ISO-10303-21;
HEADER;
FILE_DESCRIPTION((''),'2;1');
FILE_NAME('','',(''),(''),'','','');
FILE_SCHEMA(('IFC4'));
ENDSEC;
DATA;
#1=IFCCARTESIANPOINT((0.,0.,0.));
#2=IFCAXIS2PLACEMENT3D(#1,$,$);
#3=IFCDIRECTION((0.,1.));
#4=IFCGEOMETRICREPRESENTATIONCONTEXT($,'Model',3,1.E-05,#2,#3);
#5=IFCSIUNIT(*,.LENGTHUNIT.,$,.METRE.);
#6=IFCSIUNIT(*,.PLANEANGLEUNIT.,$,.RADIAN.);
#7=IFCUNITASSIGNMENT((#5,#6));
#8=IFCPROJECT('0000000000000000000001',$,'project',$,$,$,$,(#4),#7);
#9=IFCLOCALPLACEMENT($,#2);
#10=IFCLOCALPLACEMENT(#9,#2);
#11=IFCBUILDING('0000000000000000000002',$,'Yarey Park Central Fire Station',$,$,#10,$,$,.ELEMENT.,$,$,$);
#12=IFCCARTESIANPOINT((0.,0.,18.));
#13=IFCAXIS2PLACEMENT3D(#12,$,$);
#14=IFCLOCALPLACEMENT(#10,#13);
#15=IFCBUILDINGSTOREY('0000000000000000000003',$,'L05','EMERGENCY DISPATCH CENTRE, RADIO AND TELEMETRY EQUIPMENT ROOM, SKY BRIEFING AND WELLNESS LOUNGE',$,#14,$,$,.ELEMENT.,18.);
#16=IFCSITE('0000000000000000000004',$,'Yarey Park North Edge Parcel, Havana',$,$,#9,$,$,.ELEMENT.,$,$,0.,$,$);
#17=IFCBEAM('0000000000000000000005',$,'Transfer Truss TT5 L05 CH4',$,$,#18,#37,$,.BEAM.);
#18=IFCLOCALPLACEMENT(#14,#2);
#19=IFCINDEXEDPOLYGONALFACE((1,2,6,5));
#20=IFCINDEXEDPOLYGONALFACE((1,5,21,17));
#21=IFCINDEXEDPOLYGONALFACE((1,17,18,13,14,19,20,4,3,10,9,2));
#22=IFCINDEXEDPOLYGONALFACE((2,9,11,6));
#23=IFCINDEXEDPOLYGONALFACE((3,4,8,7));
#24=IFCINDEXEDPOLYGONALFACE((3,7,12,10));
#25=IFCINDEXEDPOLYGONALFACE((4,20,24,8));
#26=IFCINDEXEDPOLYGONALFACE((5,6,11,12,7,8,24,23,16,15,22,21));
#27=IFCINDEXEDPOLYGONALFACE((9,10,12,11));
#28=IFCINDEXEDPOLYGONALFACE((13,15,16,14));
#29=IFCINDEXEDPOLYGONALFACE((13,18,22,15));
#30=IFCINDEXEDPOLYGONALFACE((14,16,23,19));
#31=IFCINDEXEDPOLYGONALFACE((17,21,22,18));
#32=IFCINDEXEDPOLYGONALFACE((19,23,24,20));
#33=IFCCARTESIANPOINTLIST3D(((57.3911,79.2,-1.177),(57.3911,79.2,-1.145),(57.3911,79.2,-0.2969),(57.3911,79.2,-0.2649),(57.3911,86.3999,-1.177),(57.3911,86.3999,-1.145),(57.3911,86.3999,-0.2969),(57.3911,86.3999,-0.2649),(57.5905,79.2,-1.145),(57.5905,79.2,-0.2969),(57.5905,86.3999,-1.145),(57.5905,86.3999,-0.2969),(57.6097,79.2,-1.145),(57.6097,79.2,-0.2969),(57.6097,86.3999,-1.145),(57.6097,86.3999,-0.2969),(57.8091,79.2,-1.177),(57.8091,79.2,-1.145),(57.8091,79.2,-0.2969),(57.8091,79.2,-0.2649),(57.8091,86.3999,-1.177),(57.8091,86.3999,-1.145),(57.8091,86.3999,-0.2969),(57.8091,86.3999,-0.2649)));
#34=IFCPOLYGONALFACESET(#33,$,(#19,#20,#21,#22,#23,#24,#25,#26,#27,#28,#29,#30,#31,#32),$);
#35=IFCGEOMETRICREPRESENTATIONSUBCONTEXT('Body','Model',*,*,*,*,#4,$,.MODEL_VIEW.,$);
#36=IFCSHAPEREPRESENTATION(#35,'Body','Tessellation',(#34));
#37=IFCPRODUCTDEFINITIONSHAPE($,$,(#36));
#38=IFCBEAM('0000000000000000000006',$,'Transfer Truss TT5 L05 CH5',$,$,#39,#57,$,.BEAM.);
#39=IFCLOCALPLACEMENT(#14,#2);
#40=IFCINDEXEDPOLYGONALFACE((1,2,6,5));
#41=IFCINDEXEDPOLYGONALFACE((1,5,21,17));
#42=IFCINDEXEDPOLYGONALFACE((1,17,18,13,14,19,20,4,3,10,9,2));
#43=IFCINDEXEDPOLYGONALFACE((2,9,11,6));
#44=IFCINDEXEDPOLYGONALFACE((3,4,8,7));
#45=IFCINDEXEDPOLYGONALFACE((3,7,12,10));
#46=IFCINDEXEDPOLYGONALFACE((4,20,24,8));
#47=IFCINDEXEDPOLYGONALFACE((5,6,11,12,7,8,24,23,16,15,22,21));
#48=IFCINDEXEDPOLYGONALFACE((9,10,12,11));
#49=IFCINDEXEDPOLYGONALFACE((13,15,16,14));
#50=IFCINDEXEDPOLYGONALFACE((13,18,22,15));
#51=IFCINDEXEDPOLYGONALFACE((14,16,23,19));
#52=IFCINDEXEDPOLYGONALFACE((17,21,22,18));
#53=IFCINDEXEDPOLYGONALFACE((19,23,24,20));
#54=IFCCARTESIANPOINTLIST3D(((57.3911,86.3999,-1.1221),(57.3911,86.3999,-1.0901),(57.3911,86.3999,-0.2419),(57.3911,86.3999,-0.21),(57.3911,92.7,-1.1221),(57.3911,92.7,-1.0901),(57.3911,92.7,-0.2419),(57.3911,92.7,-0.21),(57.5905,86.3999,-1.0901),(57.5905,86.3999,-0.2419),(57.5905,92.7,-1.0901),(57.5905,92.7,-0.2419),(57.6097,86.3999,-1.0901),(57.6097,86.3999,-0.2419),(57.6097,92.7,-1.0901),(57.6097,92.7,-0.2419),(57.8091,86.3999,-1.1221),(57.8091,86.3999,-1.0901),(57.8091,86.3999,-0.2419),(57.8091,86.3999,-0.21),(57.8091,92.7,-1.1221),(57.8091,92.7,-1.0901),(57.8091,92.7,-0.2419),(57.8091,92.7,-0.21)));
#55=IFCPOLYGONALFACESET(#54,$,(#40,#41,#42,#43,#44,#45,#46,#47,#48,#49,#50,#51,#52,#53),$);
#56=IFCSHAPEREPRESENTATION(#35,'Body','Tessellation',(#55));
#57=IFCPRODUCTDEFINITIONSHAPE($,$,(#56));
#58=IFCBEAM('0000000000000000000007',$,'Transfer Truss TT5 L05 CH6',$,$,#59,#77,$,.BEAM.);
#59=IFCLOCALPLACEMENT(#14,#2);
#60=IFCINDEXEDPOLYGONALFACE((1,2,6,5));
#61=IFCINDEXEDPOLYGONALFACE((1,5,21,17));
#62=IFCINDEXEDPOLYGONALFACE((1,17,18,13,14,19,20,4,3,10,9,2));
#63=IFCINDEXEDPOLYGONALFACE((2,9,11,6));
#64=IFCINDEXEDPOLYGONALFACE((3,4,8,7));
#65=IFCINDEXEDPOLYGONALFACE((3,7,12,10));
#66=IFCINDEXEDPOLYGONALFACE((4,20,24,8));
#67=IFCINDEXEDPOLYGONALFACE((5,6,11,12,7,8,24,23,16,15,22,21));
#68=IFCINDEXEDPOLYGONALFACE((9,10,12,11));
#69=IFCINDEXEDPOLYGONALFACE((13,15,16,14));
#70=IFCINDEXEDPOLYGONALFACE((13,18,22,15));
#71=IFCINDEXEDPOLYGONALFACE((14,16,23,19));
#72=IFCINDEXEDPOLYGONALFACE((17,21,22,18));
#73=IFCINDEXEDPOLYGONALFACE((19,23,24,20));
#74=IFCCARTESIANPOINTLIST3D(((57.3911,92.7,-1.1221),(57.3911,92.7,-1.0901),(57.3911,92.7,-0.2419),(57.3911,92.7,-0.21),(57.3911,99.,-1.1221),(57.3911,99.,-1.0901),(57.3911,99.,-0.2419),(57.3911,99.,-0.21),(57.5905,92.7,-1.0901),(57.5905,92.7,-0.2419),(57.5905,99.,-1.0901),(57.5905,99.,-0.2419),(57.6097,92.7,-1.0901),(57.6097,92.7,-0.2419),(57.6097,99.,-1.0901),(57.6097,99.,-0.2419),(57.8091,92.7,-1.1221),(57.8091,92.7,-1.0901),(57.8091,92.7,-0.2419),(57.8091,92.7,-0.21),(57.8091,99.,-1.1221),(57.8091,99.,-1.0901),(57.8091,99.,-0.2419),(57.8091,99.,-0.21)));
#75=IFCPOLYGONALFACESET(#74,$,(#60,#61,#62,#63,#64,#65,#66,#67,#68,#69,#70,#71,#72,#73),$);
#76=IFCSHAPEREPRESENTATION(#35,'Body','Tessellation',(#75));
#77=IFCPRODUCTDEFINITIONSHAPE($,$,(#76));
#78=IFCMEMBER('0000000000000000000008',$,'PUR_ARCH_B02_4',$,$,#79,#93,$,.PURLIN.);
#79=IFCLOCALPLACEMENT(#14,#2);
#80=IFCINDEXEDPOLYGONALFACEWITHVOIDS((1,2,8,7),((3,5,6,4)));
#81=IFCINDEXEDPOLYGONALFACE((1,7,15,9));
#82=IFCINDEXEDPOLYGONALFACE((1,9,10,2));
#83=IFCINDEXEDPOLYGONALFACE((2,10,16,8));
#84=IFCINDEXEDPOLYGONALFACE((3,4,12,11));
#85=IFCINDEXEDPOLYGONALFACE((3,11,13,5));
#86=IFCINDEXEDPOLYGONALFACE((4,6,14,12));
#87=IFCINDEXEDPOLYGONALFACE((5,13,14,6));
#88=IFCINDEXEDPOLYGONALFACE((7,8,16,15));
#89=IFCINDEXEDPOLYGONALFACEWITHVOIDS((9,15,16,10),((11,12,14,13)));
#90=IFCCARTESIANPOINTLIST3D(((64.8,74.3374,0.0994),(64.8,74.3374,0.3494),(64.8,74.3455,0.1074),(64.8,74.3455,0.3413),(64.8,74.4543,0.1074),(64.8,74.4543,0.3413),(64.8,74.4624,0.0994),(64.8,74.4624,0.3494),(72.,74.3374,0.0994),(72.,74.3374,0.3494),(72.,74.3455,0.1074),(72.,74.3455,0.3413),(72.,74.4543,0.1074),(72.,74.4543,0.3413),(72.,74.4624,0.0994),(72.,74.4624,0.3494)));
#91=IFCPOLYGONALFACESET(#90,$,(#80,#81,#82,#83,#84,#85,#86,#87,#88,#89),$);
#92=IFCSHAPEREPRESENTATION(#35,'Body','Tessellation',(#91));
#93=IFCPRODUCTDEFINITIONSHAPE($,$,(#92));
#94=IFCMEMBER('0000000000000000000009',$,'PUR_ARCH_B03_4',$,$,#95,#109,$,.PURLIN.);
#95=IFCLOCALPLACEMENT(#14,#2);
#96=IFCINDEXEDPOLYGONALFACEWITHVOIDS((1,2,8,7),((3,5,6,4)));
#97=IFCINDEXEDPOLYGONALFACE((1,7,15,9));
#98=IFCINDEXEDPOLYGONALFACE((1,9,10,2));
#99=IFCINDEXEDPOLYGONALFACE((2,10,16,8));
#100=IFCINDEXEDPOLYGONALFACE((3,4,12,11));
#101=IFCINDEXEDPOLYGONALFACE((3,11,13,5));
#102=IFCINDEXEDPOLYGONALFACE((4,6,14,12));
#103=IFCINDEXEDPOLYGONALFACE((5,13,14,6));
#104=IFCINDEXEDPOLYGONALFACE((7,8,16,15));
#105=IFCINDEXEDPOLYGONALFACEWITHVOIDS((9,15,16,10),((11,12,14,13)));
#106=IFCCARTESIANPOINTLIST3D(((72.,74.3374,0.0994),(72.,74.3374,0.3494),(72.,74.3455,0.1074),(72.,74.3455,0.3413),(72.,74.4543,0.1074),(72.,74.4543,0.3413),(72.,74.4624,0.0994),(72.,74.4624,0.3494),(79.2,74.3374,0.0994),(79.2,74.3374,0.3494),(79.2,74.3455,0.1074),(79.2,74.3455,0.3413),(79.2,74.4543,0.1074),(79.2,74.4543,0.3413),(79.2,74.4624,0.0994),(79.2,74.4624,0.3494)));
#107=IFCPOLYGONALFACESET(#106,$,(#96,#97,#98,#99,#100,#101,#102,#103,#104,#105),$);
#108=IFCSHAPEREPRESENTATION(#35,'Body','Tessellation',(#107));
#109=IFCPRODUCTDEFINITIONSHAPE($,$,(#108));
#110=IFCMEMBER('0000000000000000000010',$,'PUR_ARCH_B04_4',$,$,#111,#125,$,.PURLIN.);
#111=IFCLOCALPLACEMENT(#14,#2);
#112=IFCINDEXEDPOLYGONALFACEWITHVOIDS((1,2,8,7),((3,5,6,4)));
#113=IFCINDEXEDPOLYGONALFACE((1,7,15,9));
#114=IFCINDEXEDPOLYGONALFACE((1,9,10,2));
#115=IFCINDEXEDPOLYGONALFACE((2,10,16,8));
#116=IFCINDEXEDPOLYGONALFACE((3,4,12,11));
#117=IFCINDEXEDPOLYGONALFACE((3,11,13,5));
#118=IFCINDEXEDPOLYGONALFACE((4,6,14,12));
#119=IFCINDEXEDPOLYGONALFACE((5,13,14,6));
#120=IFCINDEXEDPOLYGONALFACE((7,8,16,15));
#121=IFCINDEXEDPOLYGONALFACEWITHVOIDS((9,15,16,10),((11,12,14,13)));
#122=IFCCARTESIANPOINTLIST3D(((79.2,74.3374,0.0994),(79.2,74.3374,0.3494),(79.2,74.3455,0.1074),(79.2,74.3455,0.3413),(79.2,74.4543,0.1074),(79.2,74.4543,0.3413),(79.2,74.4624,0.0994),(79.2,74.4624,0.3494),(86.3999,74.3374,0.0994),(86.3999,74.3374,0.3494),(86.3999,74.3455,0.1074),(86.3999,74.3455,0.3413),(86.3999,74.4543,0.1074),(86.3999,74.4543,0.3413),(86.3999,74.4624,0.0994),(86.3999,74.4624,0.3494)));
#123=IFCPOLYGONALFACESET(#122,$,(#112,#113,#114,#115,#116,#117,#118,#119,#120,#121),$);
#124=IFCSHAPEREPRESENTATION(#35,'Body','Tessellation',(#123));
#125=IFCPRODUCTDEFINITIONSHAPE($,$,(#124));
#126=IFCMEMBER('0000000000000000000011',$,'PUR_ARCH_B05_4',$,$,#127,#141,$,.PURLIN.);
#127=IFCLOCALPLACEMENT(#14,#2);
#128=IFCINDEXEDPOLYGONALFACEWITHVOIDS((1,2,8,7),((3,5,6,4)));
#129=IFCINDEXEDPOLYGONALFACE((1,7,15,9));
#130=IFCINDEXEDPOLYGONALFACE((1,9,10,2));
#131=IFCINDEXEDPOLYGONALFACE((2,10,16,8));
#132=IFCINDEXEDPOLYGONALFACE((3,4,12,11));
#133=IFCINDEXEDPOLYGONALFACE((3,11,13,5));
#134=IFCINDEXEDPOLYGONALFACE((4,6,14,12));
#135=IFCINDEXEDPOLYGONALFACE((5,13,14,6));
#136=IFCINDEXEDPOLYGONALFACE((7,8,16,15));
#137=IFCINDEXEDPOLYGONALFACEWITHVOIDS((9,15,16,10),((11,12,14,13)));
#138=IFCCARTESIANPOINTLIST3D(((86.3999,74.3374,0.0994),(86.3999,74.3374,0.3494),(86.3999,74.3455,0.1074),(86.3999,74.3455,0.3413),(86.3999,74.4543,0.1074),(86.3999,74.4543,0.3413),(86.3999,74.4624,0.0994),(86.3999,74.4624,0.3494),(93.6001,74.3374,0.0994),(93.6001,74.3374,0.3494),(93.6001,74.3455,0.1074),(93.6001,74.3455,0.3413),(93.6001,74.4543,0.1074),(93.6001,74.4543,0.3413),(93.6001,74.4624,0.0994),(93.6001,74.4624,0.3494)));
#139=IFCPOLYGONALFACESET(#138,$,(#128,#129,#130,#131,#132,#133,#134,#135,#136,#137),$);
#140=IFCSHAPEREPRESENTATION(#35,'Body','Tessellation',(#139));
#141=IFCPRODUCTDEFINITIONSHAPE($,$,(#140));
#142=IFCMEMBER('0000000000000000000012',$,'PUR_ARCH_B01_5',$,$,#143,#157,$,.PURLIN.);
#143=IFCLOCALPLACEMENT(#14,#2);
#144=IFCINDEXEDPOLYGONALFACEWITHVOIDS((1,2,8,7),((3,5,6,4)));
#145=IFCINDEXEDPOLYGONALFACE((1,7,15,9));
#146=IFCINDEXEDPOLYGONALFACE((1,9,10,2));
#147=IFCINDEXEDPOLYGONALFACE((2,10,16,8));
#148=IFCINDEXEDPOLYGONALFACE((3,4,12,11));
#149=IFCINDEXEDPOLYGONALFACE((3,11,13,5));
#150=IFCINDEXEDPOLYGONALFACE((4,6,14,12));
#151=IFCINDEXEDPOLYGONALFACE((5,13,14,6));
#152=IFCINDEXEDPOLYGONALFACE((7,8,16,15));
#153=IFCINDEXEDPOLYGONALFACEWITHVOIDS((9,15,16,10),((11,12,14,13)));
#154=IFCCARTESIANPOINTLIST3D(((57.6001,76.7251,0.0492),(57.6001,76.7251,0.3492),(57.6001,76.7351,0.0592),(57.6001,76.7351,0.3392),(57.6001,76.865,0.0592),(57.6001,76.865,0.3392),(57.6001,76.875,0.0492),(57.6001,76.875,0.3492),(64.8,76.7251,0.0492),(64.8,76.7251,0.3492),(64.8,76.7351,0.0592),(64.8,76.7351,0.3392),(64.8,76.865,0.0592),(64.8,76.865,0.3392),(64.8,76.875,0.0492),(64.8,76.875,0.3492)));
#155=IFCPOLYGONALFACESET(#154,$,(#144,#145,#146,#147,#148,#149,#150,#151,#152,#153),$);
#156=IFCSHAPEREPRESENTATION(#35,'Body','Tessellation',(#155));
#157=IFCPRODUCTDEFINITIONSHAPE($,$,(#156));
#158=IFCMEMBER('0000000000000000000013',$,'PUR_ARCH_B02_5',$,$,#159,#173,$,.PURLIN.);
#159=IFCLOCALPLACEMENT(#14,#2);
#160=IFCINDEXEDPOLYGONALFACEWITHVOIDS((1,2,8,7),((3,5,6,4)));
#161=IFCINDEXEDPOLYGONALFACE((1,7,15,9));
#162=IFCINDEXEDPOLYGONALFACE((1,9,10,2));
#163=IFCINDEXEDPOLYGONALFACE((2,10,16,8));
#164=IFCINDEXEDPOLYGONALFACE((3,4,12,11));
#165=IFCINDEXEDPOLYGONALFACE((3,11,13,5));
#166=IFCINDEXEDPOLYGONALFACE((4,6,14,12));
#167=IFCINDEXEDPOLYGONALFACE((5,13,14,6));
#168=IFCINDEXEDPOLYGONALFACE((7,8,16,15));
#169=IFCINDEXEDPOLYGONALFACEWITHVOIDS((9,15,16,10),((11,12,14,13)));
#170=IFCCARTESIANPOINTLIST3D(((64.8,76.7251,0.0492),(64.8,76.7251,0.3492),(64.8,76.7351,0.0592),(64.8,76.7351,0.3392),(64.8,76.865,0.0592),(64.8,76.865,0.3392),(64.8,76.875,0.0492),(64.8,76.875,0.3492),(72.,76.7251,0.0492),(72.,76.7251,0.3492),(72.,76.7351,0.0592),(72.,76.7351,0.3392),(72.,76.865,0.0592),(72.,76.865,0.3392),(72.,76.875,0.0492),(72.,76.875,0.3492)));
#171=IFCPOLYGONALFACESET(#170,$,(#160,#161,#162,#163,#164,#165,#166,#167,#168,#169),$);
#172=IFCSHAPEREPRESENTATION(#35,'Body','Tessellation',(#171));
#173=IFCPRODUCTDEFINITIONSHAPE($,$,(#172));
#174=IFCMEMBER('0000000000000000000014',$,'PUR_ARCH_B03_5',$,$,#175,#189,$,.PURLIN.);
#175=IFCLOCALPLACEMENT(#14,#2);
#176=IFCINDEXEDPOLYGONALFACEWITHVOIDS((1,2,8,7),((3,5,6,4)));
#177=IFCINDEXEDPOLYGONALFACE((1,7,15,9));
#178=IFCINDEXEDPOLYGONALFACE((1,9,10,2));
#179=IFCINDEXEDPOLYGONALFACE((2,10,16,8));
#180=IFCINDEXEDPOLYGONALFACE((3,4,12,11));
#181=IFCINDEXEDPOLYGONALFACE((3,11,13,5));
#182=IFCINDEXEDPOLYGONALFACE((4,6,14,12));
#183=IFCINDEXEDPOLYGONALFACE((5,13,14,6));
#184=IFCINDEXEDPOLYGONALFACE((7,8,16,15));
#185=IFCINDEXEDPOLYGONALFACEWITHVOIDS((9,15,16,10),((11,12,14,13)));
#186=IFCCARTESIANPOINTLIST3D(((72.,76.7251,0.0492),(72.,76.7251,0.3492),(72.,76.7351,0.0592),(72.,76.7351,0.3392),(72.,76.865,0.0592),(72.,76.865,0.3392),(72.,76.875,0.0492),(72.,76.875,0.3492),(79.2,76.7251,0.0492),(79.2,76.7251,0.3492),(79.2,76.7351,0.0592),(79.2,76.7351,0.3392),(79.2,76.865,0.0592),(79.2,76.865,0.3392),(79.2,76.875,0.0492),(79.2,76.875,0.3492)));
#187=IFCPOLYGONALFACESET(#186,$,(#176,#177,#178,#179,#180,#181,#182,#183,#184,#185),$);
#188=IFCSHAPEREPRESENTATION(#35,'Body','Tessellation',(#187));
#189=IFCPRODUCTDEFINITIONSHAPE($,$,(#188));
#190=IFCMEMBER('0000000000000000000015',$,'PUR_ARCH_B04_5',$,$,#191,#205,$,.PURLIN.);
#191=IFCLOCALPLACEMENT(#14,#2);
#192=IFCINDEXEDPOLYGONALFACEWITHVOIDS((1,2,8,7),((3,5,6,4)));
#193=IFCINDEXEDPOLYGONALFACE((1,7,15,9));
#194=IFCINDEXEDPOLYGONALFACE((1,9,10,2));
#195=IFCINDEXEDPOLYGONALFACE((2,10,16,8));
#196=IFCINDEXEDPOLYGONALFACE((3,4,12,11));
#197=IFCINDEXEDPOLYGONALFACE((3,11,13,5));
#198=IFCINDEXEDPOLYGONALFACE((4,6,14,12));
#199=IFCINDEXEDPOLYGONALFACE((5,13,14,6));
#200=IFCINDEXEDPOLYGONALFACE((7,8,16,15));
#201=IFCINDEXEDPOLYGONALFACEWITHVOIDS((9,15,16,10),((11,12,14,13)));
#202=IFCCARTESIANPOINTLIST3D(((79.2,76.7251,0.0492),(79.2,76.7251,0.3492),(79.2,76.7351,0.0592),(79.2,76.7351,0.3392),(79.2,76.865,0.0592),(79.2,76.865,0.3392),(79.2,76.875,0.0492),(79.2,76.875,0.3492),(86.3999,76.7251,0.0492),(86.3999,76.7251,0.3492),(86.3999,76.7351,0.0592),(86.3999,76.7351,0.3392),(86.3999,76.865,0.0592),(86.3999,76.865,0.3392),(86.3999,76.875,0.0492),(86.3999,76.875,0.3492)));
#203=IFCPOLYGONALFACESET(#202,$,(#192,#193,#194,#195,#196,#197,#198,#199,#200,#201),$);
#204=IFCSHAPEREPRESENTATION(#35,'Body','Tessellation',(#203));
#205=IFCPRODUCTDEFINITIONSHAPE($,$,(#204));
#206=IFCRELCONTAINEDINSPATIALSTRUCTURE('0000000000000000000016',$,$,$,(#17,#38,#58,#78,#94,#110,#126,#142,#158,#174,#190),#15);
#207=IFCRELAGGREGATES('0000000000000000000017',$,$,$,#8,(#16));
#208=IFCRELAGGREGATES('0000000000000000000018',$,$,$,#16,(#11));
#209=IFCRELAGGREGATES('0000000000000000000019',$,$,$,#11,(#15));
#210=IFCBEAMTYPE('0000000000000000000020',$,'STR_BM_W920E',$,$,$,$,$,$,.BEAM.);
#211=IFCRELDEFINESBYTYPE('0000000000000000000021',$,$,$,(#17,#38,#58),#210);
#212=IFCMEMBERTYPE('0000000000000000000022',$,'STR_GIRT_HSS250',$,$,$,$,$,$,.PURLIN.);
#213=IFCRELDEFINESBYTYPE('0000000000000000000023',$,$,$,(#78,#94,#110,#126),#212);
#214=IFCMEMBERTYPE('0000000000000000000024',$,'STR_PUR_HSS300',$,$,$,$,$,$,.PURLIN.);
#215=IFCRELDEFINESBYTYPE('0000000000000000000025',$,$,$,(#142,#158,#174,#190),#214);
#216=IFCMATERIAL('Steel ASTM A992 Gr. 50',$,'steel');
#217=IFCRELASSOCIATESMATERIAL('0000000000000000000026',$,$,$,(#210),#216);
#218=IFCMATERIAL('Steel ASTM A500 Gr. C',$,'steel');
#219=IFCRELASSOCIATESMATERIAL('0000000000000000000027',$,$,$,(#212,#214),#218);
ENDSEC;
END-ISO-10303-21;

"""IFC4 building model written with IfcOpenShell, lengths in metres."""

from ifc_helpers import new_model, si_unit, direction, frame, origin, origin_2d, place, context, subcontext, project, spatial, hollow_rectangle, i_section, extrude, material, material_profile, profile_set, type_object, element, save


model = new_model("IFC4")

# Units and contexts
model_context = context("Model", 3, precision=1e-05, world=origin(), true_north=direction((0.0, 1.0)))
body_context = subcontext(model_context, "Body", "Model", "MODEL_VIEW")
ifc_project = project(units=[si_unit("LENGTHUNIT", "METRE"), si_unit("PLANEANGLEUNIT", "RADIAN")], contexts=[model_context])

# Site, building, storey
site_placement = place(None, origin())
site = spatial("IfcSite", under=ifc_project, at=site_placement, Name="Yarey Park North Edge Parcel, Havana", CompositionType="ELEMENT", RefElevation=0.0)
building_placement = place(site_placement, origin())
building = spatial("IfcBuilding", under=site, at=building_placement, Name="Yarey Park Central Fire Station", CompositionType="ELEMENT")
storey_placement = place(building_placement, frame((0.0, 0.0, 18.0)))
storey = spatial("IfcBuildingStorey", under=building, at=storey_placement, Name="L05", Description="EMERGENCY DISPATCH CENTRE, RADIO AND TELEMETRY EQUIPMENT ROOM, SKY BRIEFING AND WELLNESS LOUNGE", CompositionType="ELEMENT", Elevation=18.0)

# Beams
ifc_material_1 = material(Name="Steel ASTM A992 Gr. 50", Category="steel")
ifc_material_profile_1 = material_profile(ifc_material_1, i_section(OverallWidth=0.418, OverallDepth=0.9121, WebThickness=0.0193, FlangeThickness=0.032, at=origin_2d()), Name="W920x342")
ifc_profile_set_1 = profile_set([ifc_material_profile_1], Name="Steel ASTM A992 Gr. 50")
beam_type = type_object("IfcBeamType", Name="STR_BM_W920E", PredefinedType="BEAM", material=ifc_profile_set_1)
beam_placement = place(storey_placement, frame((57.6001, 79.2, -0.7209), z_axis=(0.0, 1.0, 0.0), x_axis=(-1.0, 0.0, 0.0)))
element("IfcBeam", 1, at=beam_placement, inside=storey, type_object=beam_type, Name="Transfer Truss TT5 L05 CH4", PredefinedType="BEAM", context=body_context, shape_type="SweptSolid", body=[
    extrude(i_section(OverallWidth=0.418, OverallDepth=0.9121, WebThickness=0.0193, FlangeThickness=0.032, at=origin_2d()), origin(), (0.0, 0.0, 1.0), 7.2),
])
for number, where, z_axis, x_axis, name in (
    (2, (57.6001, 86.3999, -0.666), (0.0, 1.0, 0.0), (-1.0, 0.0, 0.0), "Transfer Truss TT5 L05 CH5"),
    (3, (57.6001, 92.7, -0.666), (0.0, 1.0, 0.0), (-1.0, 0.0, 0.0), "Transfer Truss TT5 L05 CH6"),
):
    element("IfcBeam", number, at=place(storey_placement, frame(where, z_axis=z_axis, x_axis=x_axis)), inside=storey, type_object=beam_type, Name=name, PredefinedType="BEAM", context=body_context, shape_type="SweptSolid", body=[
        extrude(i_section(OverallWidth=0.418, OverallDepth=0.9121, WebThickness=0.0193, FlangeThickness=0.032, at=origin_2d()), origin(), (0.0, 0.0, 1.0), 6.3),
    ])

# Members
ifc_material_2 = material(Name="Steel ASTM A500 Gr. C", Category="steel")
ifc_material_profile_2 = material_profile(ifc_material_2, hollow_rectangle(XDim=0.125, YDim=0.25, WallThickness=0.0081, at=origin_2d()), Name="HSS 250x125x8")
ifc_profile_set_2 = profile_set([ifc_material_profile_2], Name="Steel ASTM A500 Gr. C")
member_type_1 = type_object("IfcMemberType", Name="STR_GIRT_HSS250", PredefinedType="PURLIN", material=ifc_profile_set_2)
for number, where, z_axis, x_axis, name in (
    (4, (64.8, 74.3999, 0.2244), (1.0, 0.0, 0.0), (0.0, 1.0, 0.0), "PUR_ARCH_B02_4"),
    (5, (72.0, 74.3999, 0.2244), (1.0, 0.0, 0.0), (0.0, 1.0, 0.0), "PUR_ARCH_B03_4"),
    (6, (79.2, 74.3999, 0.2244), (1.0, 0.0, 0.0), (0.0, 1.0, 0.0), "PUR_ARCH_B04_4"),
):
    element("IfcMember", number, at=place(storey_placement, frame(where, z_axis=z_axis, x_axis=x_axis)), inside=storey, type_object=member_type_1, Name=name, PredefinedType="PURLIN", context=body_context, shape_type="SweptSolid", body=[
        extrude(hollow_rectangle(XDim=0.125, YDim=0.25, WallThickness=0.0081, at=origin_2d()), origin(), (0.0, 0.0, 1.0), 7.2),
    ])
member_placement = place(storey_placement, frame((86.3999, 74.3999, 0.2244), z_axis=(1.0, 0.0, 0.0), x_axis=(0.0, 1.0, 0.0)))
element("IfcMember", 7, at=member_placement, inside=storey, type_object=member_type_1, Name="PUR_ARCH_B05_4", PredefinedType="PURLIN", context=body_context, shape_type="SweptSolid", body=[
    extrude(hollow_rectangle(XDim=0.125, YDim=0.25, WallThickness=0.0081, at=origin_2d()), origin(), (0.0, 0.0, 1.0), 7.2002),
])
ifc_material_profile_3 = material_profile(ifc_material_2, hollow_rectangle(XDim=0.1499, YDim=0.3, WallThickness=0.01, at=origin_2d()), Name="HSS 300x150x10")
ifc_profile_set_3 = profile_set([ifc_material_profile_3], Name="Steel ASTM A500 Gr. C")
member_type_2 = type_object("IfcMemberType", Name="STR_PUR_HSS300", PredefinedType="PURLIN", material=ifc_profile_set_3)
for number, where, z_axis, x_axis, name in (
    (8, (57.6001, 76.8, 0.1992), (1.0, 0.0, 0.0), (0.0, 1.0, 0.0), "PUR_ARCH_B01_5"),
    (9, (64.8, 76.8, 0.1992), (1.0, 0.0, 0.0), (0.0, 1.0, 0.0), "PUR_ARCH_B02_5"),
    (10, (72.0, 76.8, 0.1992), (1.0, 0.0, 0.0), (0.0, 1.0, 0.0), "PUR_ARCH_B03_5"),
    (11, (79.2, 76.8, 0.1992), (1.0, 0.0, 0.0), (0.0, 1.0, 0.0), "PUR_ARCH_B04_5"),
):
    element("IfcMember", number, at=place(storey_placement, frame(where, z_axis=z_axis, x_axis=x_axis)), inside=storey, type_object=member_type_2, Name=name, PredefinedType="PURLIN", context=body_context, shape_type="SweptSolid", body=[
        extrude(hollow_rectangle(XDim=0.1499, YDim=0.3, WallThickness=0.01, at=origin_2d()), origin(), (0.0, 0.0, 1.0), 7.2),
    ])

save(model, "model.ifc")
